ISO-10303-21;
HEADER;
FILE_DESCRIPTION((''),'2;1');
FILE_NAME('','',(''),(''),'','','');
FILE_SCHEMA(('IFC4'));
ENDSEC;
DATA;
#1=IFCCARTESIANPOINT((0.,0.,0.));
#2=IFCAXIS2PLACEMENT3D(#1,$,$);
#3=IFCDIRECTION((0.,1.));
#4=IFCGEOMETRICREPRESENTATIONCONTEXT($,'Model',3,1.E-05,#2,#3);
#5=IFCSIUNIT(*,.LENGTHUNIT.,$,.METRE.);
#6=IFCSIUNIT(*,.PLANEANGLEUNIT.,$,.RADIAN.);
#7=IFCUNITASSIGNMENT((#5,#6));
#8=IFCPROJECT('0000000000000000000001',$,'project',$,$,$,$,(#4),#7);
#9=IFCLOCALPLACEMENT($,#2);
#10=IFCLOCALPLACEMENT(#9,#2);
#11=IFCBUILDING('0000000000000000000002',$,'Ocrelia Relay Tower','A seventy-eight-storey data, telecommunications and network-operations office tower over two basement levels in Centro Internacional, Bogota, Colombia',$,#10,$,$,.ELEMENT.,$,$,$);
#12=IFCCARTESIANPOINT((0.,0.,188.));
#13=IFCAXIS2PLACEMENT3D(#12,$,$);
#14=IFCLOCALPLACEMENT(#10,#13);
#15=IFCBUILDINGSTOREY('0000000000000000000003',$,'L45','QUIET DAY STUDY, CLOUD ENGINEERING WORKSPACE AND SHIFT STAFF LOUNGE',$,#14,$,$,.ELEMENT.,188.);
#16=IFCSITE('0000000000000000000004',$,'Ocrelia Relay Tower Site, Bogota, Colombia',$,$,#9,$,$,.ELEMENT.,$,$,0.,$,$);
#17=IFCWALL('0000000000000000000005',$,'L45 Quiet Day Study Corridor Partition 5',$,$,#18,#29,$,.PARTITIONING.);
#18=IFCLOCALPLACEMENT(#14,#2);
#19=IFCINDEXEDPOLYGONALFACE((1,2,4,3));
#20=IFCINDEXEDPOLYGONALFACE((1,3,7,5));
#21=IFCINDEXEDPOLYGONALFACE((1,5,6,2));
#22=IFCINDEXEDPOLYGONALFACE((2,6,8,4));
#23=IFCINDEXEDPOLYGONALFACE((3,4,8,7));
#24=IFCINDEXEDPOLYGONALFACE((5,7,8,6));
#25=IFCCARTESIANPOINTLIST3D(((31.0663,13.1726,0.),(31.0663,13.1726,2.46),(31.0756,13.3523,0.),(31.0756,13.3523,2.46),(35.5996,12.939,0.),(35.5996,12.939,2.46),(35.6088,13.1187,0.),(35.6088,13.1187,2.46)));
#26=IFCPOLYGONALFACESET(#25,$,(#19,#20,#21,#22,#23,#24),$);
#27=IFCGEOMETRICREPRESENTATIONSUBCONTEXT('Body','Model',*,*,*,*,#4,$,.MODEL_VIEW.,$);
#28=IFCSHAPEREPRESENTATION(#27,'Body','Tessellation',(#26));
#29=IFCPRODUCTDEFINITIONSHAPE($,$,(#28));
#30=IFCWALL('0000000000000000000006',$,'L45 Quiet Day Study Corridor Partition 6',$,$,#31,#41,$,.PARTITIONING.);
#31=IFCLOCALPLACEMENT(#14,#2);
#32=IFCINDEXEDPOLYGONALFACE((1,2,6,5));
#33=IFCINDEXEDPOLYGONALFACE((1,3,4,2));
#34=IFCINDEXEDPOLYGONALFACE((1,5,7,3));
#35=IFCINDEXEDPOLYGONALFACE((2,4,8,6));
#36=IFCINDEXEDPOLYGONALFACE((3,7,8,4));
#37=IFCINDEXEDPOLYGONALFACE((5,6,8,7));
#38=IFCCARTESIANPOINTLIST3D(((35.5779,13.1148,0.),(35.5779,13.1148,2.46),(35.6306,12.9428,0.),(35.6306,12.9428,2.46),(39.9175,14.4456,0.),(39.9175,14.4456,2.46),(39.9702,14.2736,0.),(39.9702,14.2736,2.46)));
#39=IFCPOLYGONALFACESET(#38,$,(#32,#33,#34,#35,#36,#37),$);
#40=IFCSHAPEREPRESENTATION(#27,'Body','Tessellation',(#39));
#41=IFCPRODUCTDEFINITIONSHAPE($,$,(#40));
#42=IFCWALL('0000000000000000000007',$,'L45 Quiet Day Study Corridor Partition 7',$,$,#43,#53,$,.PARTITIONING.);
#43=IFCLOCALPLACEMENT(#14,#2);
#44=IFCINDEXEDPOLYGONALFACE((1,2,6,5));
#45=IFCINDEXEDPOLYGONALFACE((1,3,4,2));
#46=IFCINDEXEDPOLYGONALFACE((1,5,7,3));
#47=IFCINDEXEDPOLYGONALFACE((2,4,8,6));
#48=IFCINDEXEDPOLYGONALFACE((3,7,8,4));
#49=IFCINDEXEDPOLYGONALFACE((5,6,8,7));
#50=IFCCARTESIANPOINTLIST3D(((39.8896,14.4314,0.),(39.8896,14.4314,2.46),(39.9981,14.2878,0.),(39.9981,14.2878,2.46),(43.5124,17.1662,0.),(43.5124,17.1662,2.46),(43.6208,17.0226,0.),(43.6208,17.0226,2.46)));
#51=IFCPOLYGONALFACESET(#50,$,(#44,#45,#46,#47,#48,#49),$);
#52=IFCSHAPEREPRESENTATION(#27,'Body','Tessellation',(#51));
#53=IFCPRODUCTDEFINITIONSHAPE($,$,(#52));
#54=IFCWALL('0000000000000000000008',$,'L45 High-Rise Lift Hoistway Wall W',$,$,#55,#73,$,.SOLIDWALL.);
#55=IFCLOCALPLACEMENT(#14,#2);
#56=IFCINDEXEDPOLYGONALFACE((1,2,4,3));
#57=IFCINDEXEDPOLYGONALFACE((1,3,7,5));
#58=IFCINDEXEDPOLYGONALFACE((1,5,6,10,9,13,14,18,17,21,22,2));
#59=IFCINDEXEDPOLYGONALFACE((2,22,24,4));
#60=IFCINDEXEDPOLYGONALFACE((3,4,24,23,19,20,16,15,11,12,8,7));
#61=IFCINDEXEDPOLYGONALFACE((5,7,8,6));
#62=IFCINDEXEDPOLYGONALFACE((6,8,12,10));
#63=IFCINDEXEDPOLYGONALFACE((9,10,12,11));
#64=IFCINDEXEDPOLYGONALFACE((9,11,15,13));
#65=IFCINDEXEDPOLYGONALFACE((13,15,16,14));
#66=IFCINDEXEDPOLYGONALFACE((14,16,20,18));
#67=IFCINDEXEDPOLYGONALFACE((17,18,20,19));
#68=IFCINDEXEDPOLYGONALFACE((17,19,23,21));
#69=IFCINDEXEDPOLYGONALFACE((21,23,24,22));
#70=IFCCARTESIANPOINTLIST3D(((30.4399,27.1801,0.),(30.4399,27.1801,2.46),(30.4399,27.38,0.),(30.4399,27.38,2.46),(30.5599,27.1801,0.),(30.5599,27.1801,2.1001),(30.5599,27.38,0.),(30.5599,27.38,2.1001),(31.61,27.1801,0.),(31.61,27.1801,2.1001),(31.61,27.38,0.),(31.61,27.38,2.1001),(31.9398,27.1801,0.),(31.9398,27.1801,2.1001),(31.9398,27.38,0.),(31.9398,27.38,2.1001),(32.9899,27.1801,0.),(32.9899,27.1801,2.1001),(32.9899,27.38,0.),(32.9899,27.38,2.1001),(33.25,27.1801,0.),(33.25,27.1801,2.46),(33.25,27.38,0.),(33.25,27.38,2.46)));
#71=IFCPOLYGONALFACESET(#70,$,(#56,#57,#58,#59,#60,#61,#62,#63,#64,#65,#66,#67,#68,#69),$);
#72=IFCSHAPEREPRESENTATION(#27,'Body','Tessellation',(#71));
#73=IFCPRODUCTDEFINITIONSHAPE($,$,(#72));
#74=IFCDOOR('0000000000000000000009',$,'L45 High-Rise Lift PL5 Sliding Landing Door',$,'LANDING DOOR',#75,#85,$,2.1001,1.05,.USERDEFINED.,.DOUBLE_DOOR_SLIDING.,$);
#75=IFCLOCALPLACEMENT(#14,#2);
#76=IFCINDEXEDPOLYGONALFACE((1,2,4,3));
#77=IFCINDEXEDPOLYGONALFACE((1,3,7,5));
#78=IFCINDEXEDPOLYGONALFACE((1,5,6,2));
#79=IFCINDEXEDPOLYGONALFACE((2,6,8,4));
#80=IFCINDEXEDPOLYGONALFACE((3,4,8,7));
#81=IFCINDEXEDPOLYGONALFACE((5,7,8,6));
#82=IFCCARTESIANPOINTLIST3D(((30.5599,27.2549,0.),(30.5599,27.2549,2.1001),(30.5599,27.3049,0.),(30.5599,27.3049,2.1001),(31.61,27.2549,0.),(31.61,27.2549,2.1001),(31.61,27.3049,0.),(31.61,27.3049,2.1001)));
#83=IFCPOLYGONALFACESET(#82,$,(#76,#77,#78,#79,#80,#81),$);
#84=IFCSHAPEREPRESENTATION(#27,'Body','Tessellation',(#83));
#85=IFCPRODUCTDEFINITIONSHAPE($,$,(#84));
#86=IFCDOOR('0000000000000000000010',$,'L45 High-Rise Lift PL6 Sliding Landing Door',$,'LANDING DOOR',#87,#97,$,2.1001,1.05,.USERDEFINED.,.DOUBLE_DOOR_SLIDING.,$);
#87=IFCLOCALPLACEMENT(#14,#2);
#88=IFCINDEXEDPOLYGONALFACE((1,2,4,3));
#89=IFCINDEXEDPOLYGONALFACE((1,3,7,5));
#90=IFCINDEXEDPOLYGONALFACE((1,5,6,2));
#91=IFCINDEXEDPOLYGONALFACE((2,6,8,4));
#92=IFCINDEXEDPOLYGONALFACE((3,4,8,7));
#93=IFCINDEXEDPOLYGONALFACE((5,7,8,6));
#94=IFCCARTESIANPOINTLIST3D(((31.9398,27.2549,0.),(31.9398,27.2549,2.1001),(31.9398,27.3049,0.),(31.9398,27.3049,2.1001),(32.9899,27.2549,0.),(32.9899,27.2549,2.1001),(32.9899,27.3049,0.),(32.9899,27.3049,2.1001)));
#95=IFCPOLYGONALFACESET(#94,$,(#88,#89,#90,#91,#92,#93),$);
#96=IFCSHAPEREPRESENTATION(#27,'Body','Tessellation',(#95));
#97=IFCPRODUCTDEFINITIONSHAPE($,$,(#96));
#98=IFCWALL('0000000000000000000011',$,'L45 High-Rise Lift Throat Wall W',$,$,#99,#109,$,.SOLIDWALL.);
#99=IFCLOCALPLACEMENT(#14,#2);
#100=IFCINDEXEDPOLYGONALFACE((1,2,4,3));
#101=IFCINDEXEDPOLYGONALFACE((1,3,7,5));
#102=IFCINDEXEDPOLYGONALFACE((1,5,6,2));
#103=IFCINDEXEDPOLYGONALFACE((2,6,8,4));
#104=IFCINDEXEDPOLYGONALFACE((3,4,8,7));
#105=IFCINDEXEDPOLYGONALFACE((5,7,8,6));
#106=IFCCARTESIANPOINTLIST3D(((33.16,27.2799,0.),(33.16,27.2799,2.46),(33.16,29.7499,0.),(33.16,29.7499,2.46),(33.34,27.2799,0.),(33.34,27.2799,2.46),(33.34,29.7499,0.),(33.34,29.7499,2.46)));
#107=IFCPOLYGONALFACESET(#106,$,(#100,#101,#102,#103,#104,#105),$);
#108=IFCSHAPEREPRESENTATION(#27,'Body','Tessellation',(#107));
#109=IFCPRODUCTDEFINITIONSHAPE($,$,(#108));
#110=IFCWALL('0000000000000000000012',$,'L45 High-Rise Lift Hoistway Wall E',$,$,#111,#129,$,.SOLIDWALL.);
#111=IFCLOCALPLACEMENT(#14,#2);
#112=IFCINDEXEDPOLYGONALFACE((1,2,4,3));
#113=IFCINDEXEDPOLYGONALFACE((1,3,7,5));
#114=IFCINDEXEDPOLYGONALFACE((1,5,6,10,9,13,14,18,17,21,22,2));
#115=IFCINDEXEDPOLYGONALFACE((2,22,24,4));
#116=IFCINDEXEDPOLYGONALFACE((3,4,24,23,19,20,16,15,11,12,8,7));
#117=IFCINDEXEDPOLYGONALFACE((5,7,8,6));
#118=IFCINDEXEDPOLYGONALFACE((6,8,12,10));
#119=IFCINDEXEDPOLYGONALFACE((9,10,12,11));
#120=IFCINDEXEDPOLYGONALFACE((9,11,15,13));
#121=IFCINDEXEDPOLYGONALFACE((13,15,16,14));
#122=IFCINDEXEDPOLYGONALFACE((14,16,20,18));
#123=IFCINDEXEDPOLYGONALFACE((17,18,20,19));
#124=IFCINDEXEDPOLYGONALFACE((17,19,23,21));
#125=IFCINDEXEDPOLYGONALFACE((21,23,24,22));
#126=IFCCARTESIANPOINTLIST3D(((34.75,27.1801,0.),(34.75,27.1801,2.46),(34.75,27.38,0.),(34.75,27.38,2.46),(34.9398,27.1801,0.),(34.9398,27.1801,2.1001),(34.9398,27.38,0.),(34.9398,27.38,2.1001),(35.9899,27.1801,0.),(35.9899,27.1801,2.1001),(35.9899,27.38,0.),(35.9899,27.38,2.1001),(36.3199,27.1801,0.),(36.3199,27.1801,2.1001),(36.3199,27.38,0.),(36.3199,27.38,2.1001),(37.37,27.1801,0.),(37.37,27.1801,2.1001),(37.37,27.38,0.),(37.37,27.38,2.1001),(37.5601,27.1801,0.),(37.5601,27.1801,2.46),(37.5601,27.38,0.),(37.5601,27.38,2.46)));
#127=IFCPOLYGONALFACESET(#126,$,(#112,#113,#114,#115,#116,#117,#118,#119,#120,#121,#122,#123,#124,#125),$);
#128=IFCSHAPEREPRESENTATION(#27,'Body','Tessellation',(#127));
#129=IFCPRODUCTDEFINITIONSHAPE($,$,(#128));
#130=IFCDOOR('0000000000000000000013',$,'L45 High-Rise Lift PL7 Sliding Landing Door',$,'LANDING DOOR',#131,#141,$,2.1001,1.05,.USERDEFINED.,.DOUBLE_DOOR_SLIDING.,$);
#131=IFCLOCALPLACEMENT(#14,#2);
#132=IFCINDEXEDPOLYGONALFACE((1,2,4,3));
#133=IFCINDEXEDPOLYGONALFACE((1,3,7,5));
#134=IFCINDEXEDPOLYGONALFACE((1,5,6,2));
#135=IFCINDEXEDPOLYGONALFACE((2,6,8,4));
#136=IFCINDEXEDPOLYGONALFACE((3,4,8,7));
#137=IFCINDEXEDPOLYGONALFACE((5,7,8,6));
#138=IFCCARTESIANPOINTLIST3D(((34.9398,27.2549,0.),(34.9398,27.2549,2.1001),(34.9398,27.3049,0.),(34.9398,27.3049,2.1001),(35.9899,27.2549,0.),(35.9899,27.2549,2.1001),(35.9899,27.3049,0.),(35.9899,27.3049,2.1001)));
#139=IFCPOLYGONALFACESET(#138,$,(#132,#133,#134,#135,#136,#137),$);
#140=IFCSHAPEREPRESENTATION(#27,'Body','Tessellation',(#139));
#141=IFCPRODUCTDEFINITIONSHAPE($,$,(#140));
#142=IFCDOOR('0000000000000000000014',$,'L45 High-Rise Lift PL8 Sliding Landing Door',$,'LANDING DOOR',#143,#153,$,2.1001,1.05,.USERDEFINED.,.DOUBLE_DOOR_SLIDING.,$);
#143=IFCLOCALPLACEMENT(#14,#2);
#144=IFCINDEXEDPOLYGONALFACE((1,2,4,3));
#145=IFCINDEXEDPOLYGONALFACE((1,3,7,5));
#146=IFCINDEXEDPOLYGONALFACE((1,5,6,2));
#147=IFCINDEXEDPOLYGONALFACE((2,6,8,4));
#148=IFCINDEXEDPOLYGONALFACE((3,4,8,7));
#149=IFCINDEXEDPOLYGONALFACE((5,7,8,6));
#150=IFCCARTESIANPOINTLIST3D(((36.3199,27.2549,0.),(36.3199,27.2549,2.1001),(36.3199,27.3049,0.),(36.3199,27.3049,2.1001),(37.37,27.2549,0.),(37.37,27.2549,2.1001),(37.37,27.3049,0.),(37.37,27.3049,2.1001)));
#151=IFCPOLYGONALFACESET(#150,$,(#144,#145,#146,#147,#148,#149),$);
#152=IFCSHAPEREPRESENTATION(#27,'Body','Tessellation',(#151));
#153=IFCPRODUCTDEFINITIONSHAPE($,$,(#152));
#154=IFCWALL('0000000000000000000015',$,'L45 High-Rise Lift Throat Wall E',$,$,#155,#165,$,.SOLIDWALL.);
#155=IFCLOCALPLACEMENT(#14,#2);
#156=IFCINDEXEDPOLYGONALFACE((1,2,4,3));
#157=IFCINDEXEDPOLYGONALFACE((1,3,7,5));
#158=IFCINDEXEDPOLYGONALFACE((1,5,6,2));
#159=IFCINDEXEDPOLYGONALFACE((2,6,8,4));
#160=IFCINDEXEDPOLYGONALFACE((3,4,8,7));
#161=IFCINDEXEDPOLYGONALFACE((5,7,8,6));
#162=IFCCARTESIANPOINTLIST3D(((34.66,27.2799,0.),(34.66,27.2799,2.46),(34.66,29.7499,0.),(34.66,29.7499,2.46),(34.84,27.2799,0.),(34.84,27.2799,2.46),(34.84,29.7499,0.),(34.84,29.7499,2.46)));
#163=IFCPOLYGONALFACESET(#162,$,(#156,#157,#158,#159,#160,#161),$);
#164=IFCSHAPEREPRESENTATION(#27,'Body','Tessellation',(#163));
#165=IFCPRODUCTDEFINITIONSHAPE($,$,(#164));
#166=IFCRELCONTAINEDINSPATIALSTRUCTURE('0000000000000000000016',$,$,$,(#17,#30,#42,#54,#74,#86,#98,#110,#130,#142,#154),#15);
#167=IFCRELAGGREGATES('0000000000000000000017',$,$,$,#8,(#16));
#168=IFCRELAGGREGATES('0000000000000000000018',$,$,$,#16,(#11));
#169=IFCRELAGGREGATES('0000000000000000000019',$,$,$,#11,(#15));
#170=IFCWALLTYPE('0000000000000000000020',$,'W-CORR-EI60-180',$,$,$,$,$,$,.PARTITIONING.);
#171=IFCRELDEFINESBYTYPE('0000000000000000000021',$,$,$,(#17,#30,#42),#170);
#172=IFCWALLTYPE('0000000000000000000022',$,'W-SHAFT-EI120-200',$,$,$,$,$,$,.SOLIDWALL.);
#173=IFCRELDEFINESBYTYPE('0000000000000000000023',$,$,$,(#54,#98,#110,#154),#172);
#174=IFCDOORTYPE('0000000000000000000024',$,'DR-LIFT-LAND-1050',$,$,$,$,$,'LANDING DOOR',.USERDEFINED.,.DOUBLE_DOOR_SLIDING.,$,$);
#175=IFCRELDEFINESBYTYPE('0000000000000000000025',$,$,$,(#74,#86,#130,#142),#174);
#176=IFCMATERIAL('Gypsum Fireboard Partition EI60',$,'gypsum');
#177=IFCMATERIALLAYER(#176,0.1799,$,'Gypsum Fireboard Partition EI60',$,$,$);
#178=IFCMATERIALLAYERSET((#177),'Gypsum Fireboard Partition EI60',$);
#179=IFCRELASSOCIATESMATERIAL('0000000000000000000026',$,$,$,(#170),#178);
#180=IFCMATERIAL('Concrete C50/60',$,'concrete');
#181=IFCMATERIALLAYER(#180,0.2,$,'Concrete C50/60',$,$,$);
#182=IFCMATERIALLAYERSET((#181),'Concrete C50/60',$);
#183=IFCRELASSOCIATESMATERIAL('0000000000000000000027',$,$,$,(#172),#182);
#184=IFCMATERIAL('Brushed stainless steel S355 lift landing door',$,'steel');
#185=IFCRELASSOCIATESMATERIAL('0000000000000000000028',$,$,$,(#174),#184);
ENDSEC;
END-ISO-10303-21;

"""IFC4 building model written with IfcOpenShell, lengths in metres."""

from ifc_helpers import new_model, si_unit, direction, frame, frame_2d, origin, place, context, subcontext, project, spatial, rectangle, extrude, material, layer, layer_set, type_object, element, fill, save


model = new_model("IFC4")

# Units and contexts
model_context = context("Model", 3, precision=1e-05, world=origin(), true_north=direction((0.0, 1.0)))
body_context = subcontext(model_context, "Body", "Model", "MODEL_VIEW")
ifc_project = project(units=[si_unit("LENGTHUNIT", "METRE"), si_unit("PLANEANGLEUNIT", "RADIAN")], contexts=[model_context])

# Site, building, storey
site_placement = place(None, origin())
site = spatial("IfcSite", under=ifc_project, at=site_placement, Name="Ocrelia Relay Tower Site, Bogota, Colombia", CompositionType="ELEMENT", RefElevation=0.0)
building_placement = place(site_placement, origin())
building = spatial("IfcBuilding", under=site, at=building_placement, Name="Ocrelia Relay Tower", Description="A seventy-eight-storey data, telecommunications and network-operations office tower over two basement levels in Centro Internacional, Bogota, Colombia", CompositionType="ELEMENT")
storey_placement = place(building_placement, frame((0.0, 0.0, 188.0)))
storey = spatial("IfcBuildingStorey", under=building, at=storey_placement, Name="L45", Description="QUIET DAY STUDY, CLOUD ENGINEERING WORKSPACE AND SHIFT STAFF LOUNGE", CompositionType="ELEMENT", Elevation=188.0)

# Walls
ifc_material_1 = material(Name="Gypsum Fireboard Partition EI60", Category="gypsum")
ifc_layer_1 = layer(ifc_material_1, 0.1799, Name="Gypsum Fireboard Partition EI60")
ifc_layer_set_1 = layer_set([ifc_layer_1], Name="Gypsum Fireboard Partition EI60")
wall_type_1 = type_object("IfcWallType", Name="W-CORR-EI60-180", PredefinedType="PARTITIONING", material=ifc_layer_set_1)
wall_1_placement = place(storey_placement, frame((31.071, 13.2625, 0.0), z_axis=(0.0, 0.0, 1.0), x_axis=(0.998674, -0.051472, 0.0)))
element("IfcWall", 1, at=wall_1_placement, inside=storey, type_object=wall_type_1, Name="L45 Quiet Day Study Corridor Partition 5", PredefinedType="PARTITIONING", context=body_context, shape_type="SweptSolid", body=[
    extrude(rectangle(XDim=4.5393, YDim=0.1799, at=frame_2d((2.2695, 0.0))), origin(), (0.0, 0.0, 1.0), 2.46),
])
for number, where, z_axis, x_axis, name in (
    (2, (35.6042, 13.0288, 0.0), (0.0, 0.0, 1.0), (0.956054, 0.29319, 0.0), "L45 Quiet Day Study Corridor Partition 6"),
    (3, (39.9438, 14.3596, 0.0), (0.0, 0.0, 1.0), (0.798118, 0.602501, 0.0), "L45 Quiet Day Study Corridor Partition 7"),
):
    element("IfcWall", number, at=place(storey_placement, frame(where, z_axis=z_axis, x_axis=x_axis)), inside=storey, type_object=wall_type_1, Name=name, PredefinedType="PARTITIONING", context=body_context, shape_type="SweptSolid", body=[
        extrude(rectangle(XDim=4.5391, YDim=0.1799, at=frame_2d((2.2695, 0.0))), origin(), (0.0, 0.0, 1.0), 2.46),
    ])

# Wall, openings, doors
ifc_material_2 = material(Name="Concrete C50/60", Category="concrete")
ifc_layer_2 = layer(ifc_material_2, 0.2, Name="Concrete C50/60")
ifc_layer_set_2 = layer_set([ifc_layer_2], Name="Concrete C50/60")
wall_type_2 = type_object("IfcWallType", Name="W-SHAFT-EI120-200", PredefinedType="SOLIDWALL", material=ifc_layer_set_2)
wall_2_placement = place(storey_placement, frame((30.4399, 27.28, 0.0), z_axis=(0.0, 0.0, 1.0), x_axis=(1.0, 0.0, 0.0)))
wall_2 = element("IfcWall", 4, at=wall_2_placement, inside=storey, type_object=wall_type_2, Name="L45 High-Rise Lift Hoistway Wall W", PredefinedType="SOLIDWALL", context=body_context, shape_type="SweptSolid", body=[
    extrude(rectangle(XDim=2.8101, YDim=0.2, at=frame_2d((1.405, 0.0))), origin(), (0.0, 0.0, 1.0), 2.46),
])
opening_1_placement = place(wall_2_placement, frame((0.1201, 0.0, 0.0)))
opening_1 = element("IfcOpeningElement", 5, at=opening_1_placement, cuts=wall_2, PredefinedType="OPENING", context=body_context, shape_type="SweptSolid", body=[
    extrude(rectangle(XDim=1.05, YDim=2.1001, at=frame_2d((0.5249, 1.05))), frame((0.0, 0.1099, 0.0), z_axis=(0.0, -1.0, 0.0), x_axis=(1.0, 0.0, 0.0)), (0.0, 0.0, 1.0), 0.22),
])
opening_2_placement = place(wall_2_placement, frame((1.5, 0.0, 0.0)))
opening_2 = element("IfcOpeningElement", 6, at=opening_2_placement, cuts=wall_2, PredefinedType="OPENING", context=body_context, shape_type="SweptSolid", body=[
    extrude(rectangle(XDim=1.05, YDim=2.1001, at=frame_2d((0.5249, 1.05))), frame((0.0, 0.1099, 0.0), z_axis=(0.0, -1.0, 0.0), x_axis=(1.0, 0.0, 0.0)), (0.0, 0.0, 1.0), 0.22),
])
ifc_material_3 = material(Name="Brushed stainless steel S355 lift landing door", Category="steel")
door_type = type_object("IfcDoorType", Name="DR-LIFT-LAND-1050", ElementType="LANDING DOOR", OperationType="DOUBLE_DOOR_SLIDING", PredefinedType="USERDEFINED", material=ifc_material_3)
door_1_placement = place(opening_1_placement, origin())
door_1 = element("IfcDoor", 7, at=door_1_placement, inside=storey, type_object=door_type, Name="L45 High-Rise Lift PL5 Sliding Landing Door", ObjectType="LANDING DOOR", OperationType="DOUBLE_DOOR_SLIDING", OverallHeight=2.1001, OverallWidth=1.05, PredefinedType="USERDEFINED", context=body_context, shape_type="SweptSolid", body=[
    extrude(rectangle(XDim=1.05, YDim=2.1001, at=frame_2d((0.5249, 1.05))), frame((0.0, 0.0249, 0.0), z_axis=(0.0, -1.0, 0.0), x_axis=(1.0, 0.0, 0.0)), (0.0, 0.0, 1.0), 0.05),
])
fill(opening_1, door_1)
door_2_placement = place(opening_2_placement, origin())
door_2 = element("IfcDoor", 8, at=door_2_placement, inside=storey, type_object=door_type, Name="L45 High-Rise Lift PL6 Sliding Landing Door", ObjectType="LANDING DOOR", OperationType="DOUBLE_DOOR_SLIDING", OverallHeight=2.1001, OverallWidth=1.05, PredefinedType="USERDEFINED", context=body_context, shape_type="SweptSolid", body=[
    extrude(rectangle(XDim=1.05, YDim=2.1001, at=frame_2d((0.5249, 1.05))), frame((0.0, 0.0249, 0.0), z_axis=(0.0, -1.0, 0.0), x_axis=(1.0, 0.0, 0.0)), (0.0, 0.0, 1.0), 0.05),
])
fill(opening_2, door_2)

# Wall
wall_3_placement = place(storey_placement, frame((33.25, 27.28, 0.0), z_axis=(0.0, 0.0, 1.0), x_axis=(0.0, 1.0, 0.0)))
element("IfcWall", 9, at=wall_3_placement, inside=storey, type_object=wall_type_2, Name="L45 High-Rise Lift Throat Wall W", PredefinedType="SOLIDWALL", context=body_context, shape_type="SweptSolid", body=[
    extrude(rectangle(XDim=2.47, YDim=0.1799, at=frame_2d((1.2349, 0.0))), origin(), (0.0, 0.0, 1.0), 2.46),
])

# Wall, openings, doors
wall_4_placement = place(storey_placement, frame((34.75, 27.28, 0.0), z_axis=(0.0, 0.0, 1.0), x_axis=(1.0, 0.0, 0.0)))
wall_4 = element("IfcWall", 10, at=wall_4_placement, inside=storey, type_object=wall_type_2, Name="L45 High-Rise Lift Hoistway Wall E", PredefinedType="SOLIDWALL", context=body_context, shape_type="SweptSolid", body=[
    extrude(rectangle(XDim=2.8101, YDim=0.2, at=frame_2d((1.405, 0.0))), origin(), (0.0, 0.0, 1.0), 2.46),
])
opening_3_placement = place(wall_4_placement, frame((0.1899, 0.0, 0.0)))
opening_3 = element("IfcOpeningElement", 11, at=opening_3_placement, cuts=wall_4, PredefinedType="OPENING", context=body_context, shape_type="SweptSolid", body=[
    extrude(rectangle(XDim=1.05, YDim=2.1001, at=frame_2d((0.5249, 1.05))), frame((0.0, 0.1099, 0.0), z_axis=(0.0, -1.0, 0.0), x_axis=(1.0, 0.0, 0.0)), (0.0, 0.0, 1.0), 0.22),
])
opening_4_placement = place(wall_4_placement, frame((1.5701, 0.0, 0.0)))
opening_4 = element("IfcOpeningElement", 12, at=opening_4_placement, cuts=wall_4, PredefinedType="OPENING", context=body_context, shape_type="SweptSolid", body=[
    extrude(rectangle(XDim=1.05, YDim=2.1001, at=frame_2d((0.5249, 1.05))), frame((0.0, 0.1099, 0.0), z_axis=(0.0, -1.0, 0.0), x_axis=(1.0, 0.0, 0.0)), (0.0, 0.0, 1.0), 0.22),
])
door_3_placement = place(opening_3_placement, origin())
door_3 = element("IfcDoor", 13, at=door_3_placement, inside=storey, type_object=door_type, Name="L45 High-Rise Lift PL7 Sliding Landing Door", ObjectType="LANDING DOOR", OperationType="DOUBLE_DOOR_SLIDING", OverallHeight=2.1001, OverallWidth=1.05, PredefinedType="USERDEFINED", context=body_context, shape_type="SweptSolid", body=[
    extrude(rectangle(XDim=1.05, YDim=2.1001, at=frame_2d((0.5249, 1.05))), frame((0.0, 0.0249, 0.0), z_axis=(0.0, -1.0, 0.0), x_axis=(1.0, 0.0, 0.0)), (0.0, 0.0, 1.0), 0.05),
])
fill(opening_3, door_3)
door_4_placement = place(opening_4_placement, origin())
door_4 = element("IfcDoor", 14, at=door_4_placement, inside=storey, type_object=door_type, Name="L45 High-Rise Lift PL8 Sliding Landing Door", ObjectType="LANDING DOOR", OperationType="DOUBLE_DOOR_SLIDING", OverallHeight=2.1001, OverallWidth=1.05, PredefinedType="USERDEFINED", context=body_context, shape_type="SweptSolid", body=[
    extrude(rectangle(XDim=1.05, YDim=2.1001, at=frame_2d((0.5249, 1.05))), frame((0.0, 0.0249, 0.0), z_axis=(0.0, -1.0, 0.0), x_axis=(1.0, 0.0, 0.0)), (0.0, 0.0, 1.0), 0.05),
])
fill(opening_4, door_4)

# Wall
wall_5_placement = place(storey_placement, frame((34.75, 27.28, 0.0), z_axis=(0.0, 0.0, 1.0), x_axis=(0.0, 1.0, 0.0)))
element("IfcWall", 15, at=wall_5_placement, inside=storey, type_object=wall_type_2, Name="L45 High-Rise Lift Throat Wall E", PredefinedType="SOLIDWALL", context=body_context, shape_type="SweptSolid", body=[
    extrude(rectangle(XDim=2.47, YDim=0.1799, at=frame_2d((1.2349, 0.0))), origin(), (0.0, 0.0, 1.0), 2.46),
])

save(model, "model.ifc")
